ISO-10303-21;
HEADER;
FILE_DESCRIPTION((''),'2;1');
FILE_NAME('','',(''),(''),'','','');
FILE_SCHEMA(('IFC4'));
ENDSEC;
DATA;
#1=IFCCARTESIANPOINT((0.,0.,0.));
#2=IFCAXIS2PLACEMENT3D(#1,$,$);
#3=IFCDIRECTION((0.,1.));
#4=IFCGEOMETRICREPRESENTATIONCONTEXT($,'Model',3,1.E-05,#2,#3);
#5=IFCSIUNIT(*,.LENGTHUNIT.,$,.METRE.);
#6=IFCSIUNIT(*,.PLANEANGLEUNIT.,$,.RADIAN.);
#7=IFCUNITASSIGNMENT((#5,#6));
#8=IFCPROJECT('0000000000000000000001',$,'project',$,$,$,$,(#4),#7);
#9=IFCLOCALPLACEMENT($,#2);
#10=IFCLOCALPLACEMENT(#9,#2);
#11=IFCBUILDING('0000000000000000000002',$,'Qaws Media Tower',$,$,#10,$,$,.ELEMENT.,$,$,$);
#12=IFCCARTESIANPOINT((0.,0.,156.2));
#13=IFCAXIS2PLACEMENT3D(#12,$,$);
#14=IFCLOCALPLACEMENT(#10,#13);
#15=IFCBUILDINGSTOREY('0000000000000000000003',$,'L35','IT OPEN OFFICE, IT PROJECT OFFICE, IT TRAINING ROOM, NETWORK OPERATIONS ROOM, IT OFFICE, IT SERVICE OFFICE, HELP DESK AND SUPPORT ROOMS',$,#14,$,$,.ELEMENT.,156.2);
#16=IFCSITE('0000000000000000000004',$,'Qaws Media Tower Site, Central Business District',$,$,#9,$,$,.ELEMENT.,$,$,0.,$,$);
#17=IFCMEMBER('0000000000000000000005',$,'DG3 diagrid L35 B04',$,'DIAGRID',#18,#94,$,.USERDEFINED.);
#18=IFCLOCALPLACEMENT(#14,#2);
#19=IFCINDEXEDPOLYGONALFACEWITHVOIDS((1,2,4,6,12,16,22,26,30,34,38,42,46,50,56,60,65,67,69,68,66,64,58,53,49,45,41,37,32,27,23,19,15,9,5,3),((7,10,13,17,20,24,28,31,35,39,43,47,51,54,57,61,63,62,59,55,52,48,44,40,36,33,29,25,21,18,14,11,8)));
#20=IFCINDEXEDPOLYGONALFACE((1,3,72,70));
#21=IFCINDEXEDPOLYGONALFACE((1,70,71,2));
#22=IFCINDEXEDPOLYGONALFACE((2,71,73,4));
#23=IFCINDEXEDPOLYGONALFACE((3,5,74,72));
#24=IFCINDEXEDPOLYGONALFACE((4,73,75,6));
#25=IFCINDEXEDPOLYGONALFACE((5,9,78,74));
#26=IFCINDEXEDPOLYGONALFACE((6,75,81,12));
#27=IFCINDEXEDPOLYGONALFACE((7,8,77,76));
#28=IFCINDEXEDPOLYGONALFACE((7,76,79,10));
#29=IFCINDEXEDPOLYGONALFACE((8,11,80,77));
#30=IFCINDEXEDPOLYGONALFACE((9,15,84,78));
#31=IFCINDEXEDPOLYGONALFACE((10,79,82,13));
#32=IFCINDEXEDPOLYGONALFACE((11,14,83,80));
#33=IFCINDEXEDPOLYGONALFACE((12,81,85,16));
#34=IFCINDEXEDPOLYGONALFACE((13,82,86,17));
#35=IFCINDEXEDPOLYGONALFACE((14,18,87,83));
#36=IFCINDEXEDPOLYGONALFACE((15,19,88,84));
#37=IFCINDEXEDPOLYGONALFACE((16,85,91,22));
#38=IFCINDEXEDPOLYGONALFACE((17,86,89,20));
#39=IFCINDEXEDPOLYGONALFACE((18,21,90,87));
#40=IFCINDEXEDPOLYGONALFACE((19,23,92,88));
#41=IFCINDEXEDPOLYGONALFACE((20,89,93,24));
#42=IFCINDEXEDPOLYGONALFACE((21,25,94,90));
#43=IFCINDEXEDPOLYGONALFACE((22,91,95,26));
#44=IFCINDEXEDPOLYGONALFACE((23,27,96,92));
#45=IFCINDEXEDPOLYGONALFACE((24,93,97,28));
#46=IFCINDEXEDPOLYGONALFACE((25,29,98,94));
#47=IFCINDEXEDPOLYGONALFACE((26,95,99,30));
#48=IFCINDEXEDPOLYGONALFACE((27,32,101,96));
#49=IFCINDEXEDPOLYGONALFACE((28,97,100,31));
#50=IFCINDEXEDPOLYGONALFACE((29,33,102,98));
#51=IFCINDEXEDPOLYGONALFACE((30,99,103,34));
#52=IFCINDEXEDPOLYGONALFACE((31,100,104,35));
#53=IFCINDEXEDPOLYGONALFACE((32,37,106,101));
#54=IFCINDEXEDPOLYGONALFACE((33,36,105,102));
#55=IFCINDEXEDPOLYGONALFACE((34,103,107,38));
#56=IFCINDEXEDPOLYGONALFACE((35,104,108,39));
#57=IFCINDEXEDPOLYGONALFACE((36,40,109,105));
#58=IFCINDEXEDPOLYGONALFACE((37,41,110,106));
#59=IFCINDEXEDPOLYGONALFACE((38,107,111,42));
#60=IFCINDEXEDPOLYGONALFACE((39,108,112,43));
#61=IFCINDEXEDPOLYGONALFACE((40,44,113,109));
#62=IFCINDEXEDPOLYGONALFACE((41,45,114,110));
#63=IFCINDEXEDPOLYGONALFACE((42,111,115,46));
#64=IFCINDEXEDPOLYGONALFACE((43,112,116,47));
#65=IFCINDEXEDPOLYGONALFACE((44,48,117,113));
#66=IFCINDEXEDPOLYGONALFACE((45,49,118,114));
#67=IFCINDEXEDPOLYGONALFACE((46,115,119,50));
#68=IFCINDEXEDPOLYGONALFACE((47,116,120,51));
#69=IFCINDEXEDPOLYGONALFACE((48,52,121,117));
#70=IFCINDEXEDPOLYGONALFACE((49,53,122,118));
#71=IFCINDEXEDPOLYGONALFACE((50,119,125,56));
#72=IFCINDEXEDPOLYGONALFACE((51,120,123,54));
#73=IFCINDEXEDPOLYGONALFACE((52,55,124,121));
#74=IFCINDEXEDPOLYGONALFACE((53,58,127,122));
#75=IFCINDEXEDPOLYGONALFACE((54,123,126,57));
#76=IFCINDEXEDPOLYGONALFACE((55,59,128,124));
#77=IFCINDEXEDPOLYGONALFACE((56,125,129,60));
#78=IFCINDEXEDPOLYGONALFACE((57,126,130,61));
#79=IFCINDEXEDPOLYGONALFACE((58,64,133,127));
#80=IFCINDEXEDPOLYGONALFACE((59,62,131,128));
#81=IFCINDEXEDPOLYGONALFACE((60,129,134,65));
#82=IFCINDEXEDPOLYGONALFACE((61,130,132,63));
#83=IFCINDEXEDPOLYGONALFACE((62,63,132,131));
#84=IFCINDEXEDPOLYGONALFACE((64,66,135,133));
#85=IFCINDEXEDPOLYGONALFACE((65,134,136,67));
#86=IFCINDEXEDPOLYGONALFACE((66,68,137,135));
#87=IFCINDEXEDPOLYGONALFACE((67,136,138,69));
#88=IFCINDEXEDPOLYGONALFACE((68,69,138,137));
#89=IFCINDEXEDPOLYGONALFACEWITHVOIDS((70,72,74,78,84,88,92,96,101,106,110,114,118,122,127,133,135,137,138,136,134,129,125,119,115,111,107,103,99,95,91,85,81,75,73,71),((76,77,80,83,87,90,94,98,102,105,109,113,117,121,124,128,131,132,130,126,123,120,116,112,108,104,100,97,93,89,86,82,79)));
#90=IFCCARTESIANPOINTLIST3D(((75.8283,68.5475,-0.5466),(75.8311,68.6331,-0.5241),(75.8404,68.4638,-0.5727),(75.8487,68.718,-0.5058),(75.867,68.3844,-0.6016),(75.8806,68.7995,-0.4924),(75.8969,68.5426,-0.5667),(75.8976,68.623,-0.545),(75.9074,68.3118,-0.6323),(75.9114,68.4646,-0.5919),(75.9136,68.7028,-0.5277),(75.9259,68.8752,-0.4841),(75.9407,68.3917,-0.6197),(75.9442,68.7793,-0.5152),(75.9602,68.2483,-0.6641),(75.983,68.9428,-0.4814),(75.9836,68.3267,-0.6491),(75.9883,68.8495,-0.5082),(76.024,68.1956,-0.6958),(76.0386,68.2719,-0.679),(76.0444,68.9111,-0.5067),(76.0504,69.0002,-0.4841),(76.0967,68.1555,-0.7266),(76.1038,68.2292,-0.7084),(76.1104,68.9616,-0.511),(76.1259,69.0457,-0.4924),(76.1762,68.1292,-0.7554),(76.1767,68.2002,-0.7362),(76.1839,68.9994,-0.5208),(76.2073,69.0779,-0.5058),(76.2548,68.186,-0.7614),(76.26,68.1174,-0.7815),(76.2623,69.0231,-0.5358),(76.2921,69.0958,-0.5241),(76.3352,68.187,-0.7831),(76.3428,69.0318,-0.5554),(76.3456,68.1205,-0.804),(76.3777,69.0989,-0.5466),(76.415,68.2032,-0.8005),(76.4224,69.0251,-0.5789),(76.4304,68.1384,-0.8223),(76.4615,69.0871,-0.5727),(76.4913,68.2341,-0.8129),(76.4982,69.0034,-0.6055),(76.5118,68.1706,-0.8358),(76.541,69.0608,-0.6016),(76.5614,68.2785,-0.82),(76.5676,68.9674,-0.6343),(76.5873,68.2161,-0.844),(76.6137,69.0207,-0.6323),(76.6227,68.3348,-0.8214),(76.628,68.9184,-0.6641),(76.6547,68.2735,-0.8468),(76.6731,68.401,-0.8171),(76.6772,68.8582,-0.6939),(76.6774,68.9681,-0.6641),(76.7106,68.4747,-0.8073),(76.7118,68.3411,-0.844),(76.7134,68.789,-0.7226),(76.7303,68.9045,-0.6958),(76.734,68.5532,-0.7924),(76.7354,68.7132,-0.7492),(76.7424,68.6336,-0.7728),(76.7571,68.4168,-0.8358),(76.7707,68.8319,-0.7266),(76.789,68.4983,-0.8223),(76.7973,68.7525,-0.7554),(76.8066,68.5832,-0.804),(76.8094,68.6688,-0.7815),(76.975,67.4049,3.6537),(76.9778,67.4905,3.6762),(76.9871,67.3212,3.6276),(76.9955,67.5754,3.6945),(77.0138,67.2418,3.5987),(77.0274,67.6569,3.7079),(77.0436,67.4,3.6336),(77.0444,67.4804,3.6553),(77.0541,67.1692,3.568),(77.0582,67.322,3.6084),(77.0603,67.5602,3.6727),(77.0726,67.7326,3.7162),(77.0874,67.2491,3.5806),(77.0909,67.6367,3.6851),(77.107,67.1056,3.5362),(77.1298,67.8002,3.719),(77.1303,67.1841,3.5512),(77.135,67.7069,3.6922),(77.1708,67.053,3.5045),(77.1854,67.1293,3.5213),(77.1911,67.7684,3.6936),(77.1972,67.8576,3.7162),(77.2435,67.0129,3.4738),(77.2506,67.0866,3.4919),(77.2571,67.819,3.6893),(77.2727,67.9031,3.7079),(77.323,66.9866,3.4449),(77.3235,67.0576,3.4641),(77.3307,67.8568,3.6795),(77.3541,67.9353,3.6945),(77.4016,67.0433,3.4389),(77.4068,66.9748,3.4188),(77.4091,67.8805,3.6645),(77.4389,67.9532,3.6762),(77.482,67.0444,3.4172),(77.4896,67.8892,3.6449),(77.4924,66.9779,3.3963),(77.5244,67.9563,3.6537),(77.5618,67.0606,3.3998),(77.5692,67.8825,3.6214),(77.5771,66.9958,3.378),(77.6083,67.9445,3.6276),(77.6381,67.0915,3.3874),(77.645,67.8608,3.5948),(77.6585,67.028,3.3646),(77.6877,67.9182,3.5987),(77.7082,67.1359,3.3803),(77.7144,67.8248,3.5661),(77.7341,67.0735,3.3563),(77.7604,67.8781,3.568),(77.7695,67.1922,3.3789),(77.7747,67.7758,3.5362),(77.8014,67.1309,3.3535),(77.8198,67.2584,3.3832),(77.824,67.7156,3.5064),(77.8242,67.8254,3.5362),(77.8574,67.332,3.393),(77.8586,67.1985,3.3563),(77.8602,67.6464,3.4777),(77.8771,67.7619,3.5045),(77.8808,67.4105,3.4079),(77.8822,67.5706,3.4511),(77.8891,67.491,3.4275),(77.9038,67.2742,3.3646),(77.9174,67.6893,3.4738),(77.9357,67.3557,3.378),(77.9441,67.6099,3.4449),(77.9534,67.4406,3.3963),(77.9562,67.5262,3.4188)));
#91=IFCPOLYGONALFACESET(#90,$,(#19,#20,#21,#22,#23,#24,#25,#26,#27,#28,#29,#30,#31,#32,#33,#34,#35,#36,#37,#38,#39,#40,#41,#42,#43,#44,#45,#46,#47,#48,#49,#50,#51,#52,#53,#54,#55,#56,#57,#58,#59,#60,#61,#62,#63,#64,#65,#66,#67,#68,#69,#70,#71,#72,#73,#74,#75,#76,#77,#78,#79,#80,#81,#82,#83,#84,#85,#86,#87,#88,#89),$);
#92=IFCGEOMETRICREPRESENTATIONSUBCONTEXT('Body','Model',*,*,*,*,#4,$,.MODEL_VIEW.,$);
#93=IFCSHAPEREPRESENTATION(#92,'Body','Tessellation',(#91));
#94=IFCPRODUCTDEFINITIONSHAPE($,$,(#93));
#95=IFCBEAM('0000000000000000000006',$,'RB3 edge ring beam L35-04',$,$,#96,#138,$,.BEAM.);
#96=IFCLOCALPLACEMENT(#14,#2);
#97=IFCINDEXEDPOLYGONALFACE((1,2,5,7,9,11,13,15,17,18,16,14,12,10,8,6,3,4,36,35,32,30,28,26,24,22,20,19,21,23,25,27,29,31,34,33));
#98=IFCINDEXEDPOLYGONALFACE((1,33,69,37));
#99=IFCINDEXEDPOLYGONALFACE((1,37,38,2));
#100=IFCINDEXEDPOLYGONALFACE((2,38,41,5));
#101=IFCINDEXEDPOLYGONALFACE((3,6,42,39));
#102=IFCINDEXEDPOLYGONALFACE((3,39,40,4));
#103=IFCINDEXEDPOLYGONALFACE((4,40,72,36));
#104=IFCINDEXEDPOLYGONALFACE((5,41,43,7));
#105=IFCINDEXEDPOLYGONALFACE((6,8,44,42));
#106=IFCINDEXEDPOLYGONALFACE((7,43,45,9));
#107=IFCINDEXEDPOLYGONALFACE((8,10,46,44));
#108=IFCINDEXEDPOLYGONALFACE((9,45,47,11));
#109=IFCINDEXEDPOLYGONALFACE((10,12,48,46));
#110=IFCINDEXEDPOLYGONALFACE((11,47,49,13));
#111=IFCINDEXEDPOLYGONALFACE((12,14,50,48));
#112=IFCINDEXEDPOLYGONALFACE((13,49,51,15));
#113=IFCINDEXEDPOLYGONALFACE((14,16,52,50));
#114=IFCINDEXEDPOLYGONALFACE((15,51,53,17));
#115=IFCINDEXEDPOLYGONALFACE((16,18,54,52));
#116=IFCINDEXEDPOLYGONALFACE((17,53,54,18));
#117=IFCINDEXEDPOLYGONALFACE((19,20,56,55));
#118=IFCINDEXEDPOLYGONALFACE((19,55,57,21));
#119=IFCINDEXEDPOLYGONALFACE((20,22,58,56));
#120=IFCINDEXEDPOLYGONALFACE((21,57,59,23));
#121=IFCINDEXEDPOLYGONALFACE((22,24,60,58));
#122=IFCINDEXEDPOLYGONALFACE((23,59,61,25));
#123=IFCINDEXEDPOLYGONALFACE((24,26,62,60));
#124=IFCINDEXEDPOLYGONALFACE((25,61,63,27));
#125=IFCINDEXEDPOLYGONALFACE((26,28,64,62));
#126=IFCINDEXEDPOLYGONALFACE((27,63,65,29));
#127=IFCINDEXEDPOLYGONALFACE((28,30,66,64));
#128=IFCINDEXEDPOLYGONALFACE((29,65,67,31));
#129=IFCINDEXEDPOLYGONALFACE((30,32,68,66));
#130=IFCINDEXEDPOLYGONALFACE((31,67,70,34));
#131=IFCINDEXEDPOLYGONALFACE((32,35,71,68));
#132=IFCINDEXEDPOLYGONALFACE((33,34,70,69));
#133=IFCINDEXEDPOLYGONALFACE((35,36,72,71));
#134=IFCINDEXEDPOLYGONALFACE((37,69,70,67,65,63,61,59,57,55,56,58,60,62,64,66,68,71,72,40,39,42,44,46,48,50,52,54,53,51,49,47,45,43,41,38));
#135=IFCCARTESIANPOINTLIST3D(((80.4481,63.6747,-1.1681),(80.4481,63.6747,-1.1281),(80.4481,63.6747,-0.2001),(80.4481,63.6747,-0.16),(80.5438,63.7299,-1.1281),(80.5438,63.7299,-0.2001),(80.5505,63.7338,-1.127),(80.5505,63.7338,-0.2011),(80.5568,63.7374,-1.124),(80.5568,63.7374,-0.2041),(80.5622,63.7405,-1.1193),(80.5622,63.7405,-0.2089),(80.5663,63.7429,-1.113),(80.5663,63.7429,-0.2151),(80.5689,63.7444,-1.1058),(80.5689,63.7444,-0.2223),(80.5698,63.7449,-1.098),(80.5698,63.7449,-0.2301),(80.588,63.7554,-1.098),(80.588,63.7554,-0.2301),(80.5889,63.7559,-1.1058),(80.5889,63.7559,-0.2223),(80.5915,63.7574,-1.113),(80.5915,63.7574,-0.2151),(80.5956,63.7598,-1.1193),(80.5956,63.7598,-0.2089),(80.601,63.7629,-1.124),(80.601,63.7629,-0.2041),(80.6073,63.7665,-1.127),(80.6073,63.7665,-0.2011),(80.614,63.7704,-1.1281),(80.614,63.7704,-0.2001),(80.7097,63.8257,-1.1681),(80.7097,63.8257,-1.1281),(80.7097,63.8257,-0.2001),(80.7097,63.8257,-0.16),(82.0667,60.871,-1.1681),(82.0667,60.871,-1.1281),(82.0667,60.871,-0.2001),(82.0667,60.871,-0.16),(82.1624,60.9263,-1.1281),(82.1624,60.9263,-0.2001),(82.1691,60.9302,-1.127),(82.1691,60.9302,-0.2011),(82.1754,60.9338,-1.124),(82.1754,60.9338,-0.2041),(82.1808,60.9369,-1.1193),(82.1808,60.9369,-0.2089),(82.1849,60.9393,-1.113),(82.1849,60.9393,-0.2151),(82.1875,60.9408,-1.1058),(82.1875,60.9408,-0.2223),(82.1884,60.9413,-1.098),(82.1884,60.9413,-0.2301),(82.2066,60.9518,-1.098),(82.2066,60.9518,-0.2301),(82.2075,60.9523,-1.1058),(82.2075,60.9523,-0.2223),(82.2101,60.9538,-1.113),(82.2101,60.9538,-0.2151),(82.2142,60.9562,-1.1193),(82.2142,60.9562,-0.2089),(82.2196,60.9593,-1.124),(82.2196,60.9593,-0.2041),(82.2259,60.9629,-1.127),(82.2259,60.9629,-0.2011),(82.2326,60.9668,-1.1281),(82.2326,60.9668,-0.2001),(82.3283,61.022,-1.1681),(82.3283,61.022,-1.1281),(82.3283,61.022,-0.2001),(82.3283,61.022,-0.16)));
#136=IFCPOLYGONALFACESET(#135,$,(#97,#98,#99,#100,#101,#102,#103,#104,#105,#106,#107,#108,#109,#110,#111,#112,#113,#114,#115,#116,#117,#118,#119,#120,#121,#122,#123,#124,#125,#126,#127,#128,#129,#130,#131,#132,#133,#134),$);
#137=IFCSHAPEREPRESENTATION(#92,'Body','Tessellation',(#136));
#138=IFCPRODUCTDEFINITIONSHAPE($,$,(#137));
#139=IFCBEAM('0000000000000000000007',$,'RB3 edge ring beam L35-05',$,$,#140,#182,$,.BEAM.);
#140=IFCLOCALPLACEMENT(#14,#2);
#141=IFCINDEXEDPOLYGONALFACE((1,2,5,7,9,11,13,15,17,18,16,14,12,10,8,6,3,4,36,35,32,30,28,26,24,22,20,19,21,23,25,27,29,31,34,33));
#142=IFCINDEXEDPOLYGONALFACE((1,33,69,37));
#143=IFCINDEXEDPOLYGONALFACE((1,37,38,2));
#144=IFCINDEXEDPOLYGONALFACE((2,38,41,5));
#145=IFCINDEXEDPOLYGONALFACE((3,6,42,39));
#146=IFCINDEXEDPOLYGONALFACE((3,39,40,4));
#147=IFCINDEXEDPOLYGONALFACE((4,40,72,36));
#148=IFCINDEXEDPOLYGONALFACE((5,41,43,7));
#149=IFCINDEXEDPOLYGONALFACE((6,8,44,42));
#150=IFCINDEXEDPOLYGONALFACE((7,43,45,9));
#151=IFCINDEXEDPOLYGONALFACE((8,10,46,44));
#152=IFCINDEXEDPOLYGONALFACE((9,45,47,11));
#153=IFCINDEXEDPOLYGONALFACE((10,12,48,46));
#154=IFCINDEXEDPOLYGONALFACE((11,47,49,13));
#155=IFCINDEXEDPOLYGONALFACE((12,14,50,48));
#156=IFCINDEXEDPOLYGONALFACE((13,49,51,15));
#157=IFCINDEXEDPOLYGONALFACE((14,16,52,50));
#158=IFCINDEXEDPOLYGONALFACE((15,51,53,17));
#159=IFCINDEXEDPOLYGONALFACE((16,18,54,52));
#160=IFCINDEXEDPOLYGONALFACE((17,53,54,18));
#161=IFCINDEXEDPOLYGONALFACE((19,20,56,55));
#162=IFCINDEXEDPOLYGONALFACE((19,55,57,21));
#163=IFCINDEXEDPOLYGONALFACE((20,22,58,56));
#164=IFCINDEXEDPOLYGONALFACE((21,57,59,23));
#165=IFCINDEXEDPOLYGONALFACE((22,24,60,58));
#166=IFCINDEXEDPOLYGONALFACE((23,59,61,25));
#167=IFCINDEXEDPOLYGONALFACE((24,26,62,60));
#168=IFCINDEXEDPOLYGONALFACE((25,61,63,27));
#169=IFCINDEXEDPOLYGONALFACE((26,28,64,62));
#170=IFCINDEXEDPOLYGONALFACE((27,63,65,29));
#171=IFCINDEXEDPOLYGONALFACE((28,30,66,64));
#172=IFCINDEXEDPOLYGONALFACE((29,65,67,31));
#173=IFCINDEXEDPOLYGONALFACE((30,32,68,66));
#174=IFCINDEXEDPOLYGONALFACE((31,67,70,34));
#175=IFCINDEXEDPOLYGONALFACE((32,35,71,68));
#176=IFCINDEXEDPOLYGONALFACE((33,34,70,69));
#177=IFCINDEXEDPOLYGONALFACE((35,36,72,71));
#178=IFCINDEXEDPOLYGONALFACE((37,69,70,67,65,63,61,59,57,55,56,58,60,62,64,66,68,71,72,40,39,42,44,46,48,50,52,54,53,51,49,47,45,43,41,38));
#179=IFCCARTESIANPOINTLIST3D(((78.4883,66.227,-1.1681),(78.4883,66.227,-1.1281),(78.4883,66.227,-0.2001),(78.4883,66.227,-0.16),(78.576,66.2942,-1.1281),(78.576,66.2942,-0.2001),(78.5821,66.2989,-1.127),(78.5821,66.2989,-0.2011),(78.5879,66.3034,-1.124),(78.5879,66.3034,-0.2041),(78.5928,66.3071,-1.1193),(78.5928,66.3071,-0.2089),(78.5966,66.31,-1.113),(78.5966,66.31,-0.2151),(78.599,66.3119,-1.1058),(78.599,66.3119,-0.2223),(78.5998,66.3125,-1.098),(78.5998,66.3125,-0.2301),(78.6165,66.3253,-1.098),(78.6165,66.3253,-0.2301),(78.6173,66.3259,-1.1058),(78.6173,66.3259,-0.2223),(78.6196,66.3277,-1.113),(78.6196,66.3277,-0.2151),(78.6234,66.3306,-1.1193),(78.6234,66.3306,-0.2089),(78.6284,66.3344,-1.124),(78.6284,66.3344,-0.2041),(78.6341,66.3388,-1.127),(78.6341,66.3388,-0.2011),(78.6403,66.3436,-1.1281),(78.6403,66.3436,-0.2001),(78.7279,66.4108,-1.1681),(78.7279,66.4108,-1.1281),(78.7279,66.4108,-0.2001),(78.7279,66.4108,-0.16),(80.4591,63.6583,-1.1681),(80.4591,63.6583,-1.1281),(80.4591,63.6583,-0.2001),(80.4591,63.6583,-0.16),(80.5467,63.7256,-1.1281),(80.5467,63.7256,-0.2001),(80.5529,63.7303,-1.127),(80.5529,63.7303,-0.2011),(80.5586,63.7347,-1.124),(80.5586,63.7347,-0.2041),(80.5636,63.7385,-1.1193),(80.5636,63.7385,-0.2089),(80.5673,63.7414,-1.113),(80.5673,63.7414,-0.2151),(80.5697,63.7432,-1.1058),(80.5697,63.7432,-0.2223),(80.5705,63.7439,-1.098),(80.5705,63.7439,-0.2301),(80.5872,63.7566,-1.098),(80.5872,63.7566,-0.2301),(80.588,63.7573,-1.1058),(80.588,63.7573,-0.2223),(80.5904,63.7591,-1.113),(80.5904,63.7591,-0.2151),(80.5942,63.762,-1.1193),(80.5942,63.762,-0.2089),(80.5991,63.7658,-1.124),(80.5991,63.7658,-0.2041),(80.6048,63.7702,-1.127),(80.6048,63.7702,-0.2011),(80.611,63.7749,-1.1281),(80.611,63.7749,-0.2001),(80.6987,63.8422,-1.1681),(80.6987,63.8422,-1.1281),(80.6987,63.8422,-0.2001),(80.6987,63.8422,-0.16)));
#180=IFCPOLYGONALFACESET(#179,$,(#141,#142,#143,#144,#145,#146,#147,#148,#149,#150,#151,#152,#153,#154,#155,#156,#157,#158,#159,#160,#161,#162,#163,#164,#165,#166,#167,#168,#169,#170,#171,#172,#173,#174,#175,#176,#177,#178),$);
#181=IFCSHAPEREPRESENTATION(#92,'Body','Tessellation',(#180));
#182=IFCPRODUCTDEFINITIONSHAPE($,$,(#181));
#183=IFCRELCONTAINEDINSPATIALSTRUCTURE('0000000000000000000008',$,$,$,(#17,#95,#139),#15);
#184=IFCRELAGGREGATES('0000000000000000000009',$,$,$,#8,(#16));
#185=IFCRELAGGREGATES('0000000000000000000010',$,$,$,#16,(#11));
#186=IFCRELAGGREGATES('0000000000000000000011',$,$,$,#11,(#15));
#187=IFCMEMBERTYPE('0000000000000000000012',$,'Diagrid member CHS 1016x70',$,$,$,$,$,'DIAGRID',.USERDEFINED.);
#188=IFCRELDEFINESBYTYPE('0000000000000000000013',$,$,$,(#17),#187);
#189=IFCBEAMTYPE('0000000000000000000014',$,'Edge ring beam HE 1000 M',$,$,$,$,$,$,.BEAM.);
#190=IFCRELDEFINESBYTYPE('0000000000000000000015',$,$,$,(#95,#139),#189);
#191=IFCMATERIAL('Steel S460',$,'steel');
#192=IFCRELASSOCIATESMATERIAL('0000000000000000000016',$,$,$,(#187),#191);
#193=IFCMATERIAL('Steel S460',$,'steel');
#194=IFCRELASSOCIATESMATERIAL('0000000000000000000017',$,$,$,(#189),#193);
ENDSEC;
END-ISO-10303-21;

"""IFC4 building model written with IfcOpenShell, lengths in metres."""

from ifc_helpers import new_model, si_unit, direction, frame, origin, origin_2d, place, context, subcontext, project, spatial, hollow_circle, i_section, extrude, material, material_profile, profile_set, type_object, element, save


model = new_model("IFC4")

# Units and contexts
model_context = context("Model", 3, precision=1e-05, world=origin(), true_north=direction((0.0, 1.0)))
body_context = subcontext(model_context, "Body", "Model", "MODEL_VIEW")
ifc_project = project(units=[si_unit("LENGTHUNIT", "METRE"), si_unit("PLANEANGLEUNIT", "RADIAN")], contexts=[model_context])

# Site, building, storey
site_placement = place(None, origin())
site = spatial("IfcSite", under=ifc_project, at=site_placement, Name="Qaws Media Tower Site, Central Business District", CompositionType="ELEMENT", RefElevation=0.0)
building_placement = place(site_placement, origin())
building = spatial("IfcBuilding", under=site, at=building_placement, Name="Qaws Media Tower", CompositionType="ELEMENT")
storey_placement = place(building_placement, frame((0.0, 0.0, 156.2)))
storey = spatial("IfcBuildingStorey", under=building, at=storey_placement, Name="L35", Description="IT OPEN OFFICE, IT PROJECT OFFICE, IT TRAINING ROOM, NETWORK OPERATIONS ROOM, IT OFFICE, IT SERVICE OFFICE, HELP DESK AND SUPPORT ROOMS", CompositionType="ELEMENT", Elevation=156.2)

# Member
ifc_material_1 = material(Name="Steel S460", Category="steel")
ifc_material_profile_1 = material_profile(ifc_material_1, hollow_circle(Radius=0.5081, WallThickness=0.0701, at=origin_2d()), Name="CHS 1016x70")
ifc_profile_set_1 = profile_set([ifc_material_profile_1], Name="Steel S460")
member_type_1 = type_object("IfcMemberType", Name="Diagrid member CHS 1016x70", ElementType="DIAGRID", PredefinedType="USERDEFINED", material=ifc_profile_set_1)
member_1_placement = place(storey_placement, frame((76.3188, 68.6082, -0.6641), z_axis=(0.254752, -0.25383, 0.933098), x_axis=(0.705824, 0.708388, 0.0)))
element("IfcMember", 1, at=member_1_placement, inside=storey, type_object=member_type_1, Name="DG3 diagrid L35 B04", ObjectType="DIAGRID", PredefinedType="USERDEFINED", context=body_context, shape_type="SweptSolid", body=[
    extrude(hollow_circle(Radius=0.5081, WallThickness=0.0701, at=origin_2d()), origin(), (0.0, 0.0, 1.0), 4.5015),
])

# Beams
ifc_material_2 = material(Name="Steel S460", Category="steel")
ifc_material_profile_2 = material_profile(ifc_material_2, i_section(OverallWidth=0.302, OverallDepth=1.0081, WebThickness=0.021, FlangeThickness=0.04, FilletRadius=0.03, at=origin_2d()), Name="HE 1000 M")
ifc_profile_set_2 = profile_set([ifc_material_profile_2], Name="Steel S460")
beam_type = type_object("IfcBeamType", Name="Edge ring beam HE 1000 M", PredefinedType="BEAM", material=ifc_profile_set_2)
beam_1_placement = place(storey_placement, frame((82.1975, 60.9465, -0.6641), z_axis=(-0.499984, 0.866035, 0.0), x_axis=(-0.866035, -0.499984, 0.0)))
element("IfcBeam", 2, at=beam_1_placement, inside=storey, type_object=beam_type, Name="RB3 edge ring beam L35-04", PredefinedType="BEAM", context=body_context, shape_type="SweptSolid", body=[
    extrude(i_section(OverallWidth=0.302, OverallDepth=1.0081, WebThickness=0.021, FlangeThickness=0.04, FilletRadius=0.03, at=origin_2d()), origin(), (0.0, 0.0, 1.0), 3.2373),
])
for number, where, z_axis, x_axis, name in (
    (3, (80.5789, 63.7502, -0.6641), (-0.608712, 0.793391, 0.0), (-0.793391, -0.608712, 0.0), "RB3 edge ring beam L35-05"),
):
    element("IfcBeam", number, at=place(storey_placement, frame(where, z_axis=z_axis, x_axis=x_axis)), inside=storey, type_object=beam_type, Name=name, PredefinedType="BEAM", context=body_context, shape_type="SweptSolid", body=[
        extrude(i_section(OverallWidth=0.302, OverallDepth=1.0081, WebThickness=0.021, FlangeThickness=0.04, FilletRadius=0.03, at=origin_2d()), origin(), (0.0, 0.0, 1.0), 3.2375),
    ])

save(model, "model.ifc")
